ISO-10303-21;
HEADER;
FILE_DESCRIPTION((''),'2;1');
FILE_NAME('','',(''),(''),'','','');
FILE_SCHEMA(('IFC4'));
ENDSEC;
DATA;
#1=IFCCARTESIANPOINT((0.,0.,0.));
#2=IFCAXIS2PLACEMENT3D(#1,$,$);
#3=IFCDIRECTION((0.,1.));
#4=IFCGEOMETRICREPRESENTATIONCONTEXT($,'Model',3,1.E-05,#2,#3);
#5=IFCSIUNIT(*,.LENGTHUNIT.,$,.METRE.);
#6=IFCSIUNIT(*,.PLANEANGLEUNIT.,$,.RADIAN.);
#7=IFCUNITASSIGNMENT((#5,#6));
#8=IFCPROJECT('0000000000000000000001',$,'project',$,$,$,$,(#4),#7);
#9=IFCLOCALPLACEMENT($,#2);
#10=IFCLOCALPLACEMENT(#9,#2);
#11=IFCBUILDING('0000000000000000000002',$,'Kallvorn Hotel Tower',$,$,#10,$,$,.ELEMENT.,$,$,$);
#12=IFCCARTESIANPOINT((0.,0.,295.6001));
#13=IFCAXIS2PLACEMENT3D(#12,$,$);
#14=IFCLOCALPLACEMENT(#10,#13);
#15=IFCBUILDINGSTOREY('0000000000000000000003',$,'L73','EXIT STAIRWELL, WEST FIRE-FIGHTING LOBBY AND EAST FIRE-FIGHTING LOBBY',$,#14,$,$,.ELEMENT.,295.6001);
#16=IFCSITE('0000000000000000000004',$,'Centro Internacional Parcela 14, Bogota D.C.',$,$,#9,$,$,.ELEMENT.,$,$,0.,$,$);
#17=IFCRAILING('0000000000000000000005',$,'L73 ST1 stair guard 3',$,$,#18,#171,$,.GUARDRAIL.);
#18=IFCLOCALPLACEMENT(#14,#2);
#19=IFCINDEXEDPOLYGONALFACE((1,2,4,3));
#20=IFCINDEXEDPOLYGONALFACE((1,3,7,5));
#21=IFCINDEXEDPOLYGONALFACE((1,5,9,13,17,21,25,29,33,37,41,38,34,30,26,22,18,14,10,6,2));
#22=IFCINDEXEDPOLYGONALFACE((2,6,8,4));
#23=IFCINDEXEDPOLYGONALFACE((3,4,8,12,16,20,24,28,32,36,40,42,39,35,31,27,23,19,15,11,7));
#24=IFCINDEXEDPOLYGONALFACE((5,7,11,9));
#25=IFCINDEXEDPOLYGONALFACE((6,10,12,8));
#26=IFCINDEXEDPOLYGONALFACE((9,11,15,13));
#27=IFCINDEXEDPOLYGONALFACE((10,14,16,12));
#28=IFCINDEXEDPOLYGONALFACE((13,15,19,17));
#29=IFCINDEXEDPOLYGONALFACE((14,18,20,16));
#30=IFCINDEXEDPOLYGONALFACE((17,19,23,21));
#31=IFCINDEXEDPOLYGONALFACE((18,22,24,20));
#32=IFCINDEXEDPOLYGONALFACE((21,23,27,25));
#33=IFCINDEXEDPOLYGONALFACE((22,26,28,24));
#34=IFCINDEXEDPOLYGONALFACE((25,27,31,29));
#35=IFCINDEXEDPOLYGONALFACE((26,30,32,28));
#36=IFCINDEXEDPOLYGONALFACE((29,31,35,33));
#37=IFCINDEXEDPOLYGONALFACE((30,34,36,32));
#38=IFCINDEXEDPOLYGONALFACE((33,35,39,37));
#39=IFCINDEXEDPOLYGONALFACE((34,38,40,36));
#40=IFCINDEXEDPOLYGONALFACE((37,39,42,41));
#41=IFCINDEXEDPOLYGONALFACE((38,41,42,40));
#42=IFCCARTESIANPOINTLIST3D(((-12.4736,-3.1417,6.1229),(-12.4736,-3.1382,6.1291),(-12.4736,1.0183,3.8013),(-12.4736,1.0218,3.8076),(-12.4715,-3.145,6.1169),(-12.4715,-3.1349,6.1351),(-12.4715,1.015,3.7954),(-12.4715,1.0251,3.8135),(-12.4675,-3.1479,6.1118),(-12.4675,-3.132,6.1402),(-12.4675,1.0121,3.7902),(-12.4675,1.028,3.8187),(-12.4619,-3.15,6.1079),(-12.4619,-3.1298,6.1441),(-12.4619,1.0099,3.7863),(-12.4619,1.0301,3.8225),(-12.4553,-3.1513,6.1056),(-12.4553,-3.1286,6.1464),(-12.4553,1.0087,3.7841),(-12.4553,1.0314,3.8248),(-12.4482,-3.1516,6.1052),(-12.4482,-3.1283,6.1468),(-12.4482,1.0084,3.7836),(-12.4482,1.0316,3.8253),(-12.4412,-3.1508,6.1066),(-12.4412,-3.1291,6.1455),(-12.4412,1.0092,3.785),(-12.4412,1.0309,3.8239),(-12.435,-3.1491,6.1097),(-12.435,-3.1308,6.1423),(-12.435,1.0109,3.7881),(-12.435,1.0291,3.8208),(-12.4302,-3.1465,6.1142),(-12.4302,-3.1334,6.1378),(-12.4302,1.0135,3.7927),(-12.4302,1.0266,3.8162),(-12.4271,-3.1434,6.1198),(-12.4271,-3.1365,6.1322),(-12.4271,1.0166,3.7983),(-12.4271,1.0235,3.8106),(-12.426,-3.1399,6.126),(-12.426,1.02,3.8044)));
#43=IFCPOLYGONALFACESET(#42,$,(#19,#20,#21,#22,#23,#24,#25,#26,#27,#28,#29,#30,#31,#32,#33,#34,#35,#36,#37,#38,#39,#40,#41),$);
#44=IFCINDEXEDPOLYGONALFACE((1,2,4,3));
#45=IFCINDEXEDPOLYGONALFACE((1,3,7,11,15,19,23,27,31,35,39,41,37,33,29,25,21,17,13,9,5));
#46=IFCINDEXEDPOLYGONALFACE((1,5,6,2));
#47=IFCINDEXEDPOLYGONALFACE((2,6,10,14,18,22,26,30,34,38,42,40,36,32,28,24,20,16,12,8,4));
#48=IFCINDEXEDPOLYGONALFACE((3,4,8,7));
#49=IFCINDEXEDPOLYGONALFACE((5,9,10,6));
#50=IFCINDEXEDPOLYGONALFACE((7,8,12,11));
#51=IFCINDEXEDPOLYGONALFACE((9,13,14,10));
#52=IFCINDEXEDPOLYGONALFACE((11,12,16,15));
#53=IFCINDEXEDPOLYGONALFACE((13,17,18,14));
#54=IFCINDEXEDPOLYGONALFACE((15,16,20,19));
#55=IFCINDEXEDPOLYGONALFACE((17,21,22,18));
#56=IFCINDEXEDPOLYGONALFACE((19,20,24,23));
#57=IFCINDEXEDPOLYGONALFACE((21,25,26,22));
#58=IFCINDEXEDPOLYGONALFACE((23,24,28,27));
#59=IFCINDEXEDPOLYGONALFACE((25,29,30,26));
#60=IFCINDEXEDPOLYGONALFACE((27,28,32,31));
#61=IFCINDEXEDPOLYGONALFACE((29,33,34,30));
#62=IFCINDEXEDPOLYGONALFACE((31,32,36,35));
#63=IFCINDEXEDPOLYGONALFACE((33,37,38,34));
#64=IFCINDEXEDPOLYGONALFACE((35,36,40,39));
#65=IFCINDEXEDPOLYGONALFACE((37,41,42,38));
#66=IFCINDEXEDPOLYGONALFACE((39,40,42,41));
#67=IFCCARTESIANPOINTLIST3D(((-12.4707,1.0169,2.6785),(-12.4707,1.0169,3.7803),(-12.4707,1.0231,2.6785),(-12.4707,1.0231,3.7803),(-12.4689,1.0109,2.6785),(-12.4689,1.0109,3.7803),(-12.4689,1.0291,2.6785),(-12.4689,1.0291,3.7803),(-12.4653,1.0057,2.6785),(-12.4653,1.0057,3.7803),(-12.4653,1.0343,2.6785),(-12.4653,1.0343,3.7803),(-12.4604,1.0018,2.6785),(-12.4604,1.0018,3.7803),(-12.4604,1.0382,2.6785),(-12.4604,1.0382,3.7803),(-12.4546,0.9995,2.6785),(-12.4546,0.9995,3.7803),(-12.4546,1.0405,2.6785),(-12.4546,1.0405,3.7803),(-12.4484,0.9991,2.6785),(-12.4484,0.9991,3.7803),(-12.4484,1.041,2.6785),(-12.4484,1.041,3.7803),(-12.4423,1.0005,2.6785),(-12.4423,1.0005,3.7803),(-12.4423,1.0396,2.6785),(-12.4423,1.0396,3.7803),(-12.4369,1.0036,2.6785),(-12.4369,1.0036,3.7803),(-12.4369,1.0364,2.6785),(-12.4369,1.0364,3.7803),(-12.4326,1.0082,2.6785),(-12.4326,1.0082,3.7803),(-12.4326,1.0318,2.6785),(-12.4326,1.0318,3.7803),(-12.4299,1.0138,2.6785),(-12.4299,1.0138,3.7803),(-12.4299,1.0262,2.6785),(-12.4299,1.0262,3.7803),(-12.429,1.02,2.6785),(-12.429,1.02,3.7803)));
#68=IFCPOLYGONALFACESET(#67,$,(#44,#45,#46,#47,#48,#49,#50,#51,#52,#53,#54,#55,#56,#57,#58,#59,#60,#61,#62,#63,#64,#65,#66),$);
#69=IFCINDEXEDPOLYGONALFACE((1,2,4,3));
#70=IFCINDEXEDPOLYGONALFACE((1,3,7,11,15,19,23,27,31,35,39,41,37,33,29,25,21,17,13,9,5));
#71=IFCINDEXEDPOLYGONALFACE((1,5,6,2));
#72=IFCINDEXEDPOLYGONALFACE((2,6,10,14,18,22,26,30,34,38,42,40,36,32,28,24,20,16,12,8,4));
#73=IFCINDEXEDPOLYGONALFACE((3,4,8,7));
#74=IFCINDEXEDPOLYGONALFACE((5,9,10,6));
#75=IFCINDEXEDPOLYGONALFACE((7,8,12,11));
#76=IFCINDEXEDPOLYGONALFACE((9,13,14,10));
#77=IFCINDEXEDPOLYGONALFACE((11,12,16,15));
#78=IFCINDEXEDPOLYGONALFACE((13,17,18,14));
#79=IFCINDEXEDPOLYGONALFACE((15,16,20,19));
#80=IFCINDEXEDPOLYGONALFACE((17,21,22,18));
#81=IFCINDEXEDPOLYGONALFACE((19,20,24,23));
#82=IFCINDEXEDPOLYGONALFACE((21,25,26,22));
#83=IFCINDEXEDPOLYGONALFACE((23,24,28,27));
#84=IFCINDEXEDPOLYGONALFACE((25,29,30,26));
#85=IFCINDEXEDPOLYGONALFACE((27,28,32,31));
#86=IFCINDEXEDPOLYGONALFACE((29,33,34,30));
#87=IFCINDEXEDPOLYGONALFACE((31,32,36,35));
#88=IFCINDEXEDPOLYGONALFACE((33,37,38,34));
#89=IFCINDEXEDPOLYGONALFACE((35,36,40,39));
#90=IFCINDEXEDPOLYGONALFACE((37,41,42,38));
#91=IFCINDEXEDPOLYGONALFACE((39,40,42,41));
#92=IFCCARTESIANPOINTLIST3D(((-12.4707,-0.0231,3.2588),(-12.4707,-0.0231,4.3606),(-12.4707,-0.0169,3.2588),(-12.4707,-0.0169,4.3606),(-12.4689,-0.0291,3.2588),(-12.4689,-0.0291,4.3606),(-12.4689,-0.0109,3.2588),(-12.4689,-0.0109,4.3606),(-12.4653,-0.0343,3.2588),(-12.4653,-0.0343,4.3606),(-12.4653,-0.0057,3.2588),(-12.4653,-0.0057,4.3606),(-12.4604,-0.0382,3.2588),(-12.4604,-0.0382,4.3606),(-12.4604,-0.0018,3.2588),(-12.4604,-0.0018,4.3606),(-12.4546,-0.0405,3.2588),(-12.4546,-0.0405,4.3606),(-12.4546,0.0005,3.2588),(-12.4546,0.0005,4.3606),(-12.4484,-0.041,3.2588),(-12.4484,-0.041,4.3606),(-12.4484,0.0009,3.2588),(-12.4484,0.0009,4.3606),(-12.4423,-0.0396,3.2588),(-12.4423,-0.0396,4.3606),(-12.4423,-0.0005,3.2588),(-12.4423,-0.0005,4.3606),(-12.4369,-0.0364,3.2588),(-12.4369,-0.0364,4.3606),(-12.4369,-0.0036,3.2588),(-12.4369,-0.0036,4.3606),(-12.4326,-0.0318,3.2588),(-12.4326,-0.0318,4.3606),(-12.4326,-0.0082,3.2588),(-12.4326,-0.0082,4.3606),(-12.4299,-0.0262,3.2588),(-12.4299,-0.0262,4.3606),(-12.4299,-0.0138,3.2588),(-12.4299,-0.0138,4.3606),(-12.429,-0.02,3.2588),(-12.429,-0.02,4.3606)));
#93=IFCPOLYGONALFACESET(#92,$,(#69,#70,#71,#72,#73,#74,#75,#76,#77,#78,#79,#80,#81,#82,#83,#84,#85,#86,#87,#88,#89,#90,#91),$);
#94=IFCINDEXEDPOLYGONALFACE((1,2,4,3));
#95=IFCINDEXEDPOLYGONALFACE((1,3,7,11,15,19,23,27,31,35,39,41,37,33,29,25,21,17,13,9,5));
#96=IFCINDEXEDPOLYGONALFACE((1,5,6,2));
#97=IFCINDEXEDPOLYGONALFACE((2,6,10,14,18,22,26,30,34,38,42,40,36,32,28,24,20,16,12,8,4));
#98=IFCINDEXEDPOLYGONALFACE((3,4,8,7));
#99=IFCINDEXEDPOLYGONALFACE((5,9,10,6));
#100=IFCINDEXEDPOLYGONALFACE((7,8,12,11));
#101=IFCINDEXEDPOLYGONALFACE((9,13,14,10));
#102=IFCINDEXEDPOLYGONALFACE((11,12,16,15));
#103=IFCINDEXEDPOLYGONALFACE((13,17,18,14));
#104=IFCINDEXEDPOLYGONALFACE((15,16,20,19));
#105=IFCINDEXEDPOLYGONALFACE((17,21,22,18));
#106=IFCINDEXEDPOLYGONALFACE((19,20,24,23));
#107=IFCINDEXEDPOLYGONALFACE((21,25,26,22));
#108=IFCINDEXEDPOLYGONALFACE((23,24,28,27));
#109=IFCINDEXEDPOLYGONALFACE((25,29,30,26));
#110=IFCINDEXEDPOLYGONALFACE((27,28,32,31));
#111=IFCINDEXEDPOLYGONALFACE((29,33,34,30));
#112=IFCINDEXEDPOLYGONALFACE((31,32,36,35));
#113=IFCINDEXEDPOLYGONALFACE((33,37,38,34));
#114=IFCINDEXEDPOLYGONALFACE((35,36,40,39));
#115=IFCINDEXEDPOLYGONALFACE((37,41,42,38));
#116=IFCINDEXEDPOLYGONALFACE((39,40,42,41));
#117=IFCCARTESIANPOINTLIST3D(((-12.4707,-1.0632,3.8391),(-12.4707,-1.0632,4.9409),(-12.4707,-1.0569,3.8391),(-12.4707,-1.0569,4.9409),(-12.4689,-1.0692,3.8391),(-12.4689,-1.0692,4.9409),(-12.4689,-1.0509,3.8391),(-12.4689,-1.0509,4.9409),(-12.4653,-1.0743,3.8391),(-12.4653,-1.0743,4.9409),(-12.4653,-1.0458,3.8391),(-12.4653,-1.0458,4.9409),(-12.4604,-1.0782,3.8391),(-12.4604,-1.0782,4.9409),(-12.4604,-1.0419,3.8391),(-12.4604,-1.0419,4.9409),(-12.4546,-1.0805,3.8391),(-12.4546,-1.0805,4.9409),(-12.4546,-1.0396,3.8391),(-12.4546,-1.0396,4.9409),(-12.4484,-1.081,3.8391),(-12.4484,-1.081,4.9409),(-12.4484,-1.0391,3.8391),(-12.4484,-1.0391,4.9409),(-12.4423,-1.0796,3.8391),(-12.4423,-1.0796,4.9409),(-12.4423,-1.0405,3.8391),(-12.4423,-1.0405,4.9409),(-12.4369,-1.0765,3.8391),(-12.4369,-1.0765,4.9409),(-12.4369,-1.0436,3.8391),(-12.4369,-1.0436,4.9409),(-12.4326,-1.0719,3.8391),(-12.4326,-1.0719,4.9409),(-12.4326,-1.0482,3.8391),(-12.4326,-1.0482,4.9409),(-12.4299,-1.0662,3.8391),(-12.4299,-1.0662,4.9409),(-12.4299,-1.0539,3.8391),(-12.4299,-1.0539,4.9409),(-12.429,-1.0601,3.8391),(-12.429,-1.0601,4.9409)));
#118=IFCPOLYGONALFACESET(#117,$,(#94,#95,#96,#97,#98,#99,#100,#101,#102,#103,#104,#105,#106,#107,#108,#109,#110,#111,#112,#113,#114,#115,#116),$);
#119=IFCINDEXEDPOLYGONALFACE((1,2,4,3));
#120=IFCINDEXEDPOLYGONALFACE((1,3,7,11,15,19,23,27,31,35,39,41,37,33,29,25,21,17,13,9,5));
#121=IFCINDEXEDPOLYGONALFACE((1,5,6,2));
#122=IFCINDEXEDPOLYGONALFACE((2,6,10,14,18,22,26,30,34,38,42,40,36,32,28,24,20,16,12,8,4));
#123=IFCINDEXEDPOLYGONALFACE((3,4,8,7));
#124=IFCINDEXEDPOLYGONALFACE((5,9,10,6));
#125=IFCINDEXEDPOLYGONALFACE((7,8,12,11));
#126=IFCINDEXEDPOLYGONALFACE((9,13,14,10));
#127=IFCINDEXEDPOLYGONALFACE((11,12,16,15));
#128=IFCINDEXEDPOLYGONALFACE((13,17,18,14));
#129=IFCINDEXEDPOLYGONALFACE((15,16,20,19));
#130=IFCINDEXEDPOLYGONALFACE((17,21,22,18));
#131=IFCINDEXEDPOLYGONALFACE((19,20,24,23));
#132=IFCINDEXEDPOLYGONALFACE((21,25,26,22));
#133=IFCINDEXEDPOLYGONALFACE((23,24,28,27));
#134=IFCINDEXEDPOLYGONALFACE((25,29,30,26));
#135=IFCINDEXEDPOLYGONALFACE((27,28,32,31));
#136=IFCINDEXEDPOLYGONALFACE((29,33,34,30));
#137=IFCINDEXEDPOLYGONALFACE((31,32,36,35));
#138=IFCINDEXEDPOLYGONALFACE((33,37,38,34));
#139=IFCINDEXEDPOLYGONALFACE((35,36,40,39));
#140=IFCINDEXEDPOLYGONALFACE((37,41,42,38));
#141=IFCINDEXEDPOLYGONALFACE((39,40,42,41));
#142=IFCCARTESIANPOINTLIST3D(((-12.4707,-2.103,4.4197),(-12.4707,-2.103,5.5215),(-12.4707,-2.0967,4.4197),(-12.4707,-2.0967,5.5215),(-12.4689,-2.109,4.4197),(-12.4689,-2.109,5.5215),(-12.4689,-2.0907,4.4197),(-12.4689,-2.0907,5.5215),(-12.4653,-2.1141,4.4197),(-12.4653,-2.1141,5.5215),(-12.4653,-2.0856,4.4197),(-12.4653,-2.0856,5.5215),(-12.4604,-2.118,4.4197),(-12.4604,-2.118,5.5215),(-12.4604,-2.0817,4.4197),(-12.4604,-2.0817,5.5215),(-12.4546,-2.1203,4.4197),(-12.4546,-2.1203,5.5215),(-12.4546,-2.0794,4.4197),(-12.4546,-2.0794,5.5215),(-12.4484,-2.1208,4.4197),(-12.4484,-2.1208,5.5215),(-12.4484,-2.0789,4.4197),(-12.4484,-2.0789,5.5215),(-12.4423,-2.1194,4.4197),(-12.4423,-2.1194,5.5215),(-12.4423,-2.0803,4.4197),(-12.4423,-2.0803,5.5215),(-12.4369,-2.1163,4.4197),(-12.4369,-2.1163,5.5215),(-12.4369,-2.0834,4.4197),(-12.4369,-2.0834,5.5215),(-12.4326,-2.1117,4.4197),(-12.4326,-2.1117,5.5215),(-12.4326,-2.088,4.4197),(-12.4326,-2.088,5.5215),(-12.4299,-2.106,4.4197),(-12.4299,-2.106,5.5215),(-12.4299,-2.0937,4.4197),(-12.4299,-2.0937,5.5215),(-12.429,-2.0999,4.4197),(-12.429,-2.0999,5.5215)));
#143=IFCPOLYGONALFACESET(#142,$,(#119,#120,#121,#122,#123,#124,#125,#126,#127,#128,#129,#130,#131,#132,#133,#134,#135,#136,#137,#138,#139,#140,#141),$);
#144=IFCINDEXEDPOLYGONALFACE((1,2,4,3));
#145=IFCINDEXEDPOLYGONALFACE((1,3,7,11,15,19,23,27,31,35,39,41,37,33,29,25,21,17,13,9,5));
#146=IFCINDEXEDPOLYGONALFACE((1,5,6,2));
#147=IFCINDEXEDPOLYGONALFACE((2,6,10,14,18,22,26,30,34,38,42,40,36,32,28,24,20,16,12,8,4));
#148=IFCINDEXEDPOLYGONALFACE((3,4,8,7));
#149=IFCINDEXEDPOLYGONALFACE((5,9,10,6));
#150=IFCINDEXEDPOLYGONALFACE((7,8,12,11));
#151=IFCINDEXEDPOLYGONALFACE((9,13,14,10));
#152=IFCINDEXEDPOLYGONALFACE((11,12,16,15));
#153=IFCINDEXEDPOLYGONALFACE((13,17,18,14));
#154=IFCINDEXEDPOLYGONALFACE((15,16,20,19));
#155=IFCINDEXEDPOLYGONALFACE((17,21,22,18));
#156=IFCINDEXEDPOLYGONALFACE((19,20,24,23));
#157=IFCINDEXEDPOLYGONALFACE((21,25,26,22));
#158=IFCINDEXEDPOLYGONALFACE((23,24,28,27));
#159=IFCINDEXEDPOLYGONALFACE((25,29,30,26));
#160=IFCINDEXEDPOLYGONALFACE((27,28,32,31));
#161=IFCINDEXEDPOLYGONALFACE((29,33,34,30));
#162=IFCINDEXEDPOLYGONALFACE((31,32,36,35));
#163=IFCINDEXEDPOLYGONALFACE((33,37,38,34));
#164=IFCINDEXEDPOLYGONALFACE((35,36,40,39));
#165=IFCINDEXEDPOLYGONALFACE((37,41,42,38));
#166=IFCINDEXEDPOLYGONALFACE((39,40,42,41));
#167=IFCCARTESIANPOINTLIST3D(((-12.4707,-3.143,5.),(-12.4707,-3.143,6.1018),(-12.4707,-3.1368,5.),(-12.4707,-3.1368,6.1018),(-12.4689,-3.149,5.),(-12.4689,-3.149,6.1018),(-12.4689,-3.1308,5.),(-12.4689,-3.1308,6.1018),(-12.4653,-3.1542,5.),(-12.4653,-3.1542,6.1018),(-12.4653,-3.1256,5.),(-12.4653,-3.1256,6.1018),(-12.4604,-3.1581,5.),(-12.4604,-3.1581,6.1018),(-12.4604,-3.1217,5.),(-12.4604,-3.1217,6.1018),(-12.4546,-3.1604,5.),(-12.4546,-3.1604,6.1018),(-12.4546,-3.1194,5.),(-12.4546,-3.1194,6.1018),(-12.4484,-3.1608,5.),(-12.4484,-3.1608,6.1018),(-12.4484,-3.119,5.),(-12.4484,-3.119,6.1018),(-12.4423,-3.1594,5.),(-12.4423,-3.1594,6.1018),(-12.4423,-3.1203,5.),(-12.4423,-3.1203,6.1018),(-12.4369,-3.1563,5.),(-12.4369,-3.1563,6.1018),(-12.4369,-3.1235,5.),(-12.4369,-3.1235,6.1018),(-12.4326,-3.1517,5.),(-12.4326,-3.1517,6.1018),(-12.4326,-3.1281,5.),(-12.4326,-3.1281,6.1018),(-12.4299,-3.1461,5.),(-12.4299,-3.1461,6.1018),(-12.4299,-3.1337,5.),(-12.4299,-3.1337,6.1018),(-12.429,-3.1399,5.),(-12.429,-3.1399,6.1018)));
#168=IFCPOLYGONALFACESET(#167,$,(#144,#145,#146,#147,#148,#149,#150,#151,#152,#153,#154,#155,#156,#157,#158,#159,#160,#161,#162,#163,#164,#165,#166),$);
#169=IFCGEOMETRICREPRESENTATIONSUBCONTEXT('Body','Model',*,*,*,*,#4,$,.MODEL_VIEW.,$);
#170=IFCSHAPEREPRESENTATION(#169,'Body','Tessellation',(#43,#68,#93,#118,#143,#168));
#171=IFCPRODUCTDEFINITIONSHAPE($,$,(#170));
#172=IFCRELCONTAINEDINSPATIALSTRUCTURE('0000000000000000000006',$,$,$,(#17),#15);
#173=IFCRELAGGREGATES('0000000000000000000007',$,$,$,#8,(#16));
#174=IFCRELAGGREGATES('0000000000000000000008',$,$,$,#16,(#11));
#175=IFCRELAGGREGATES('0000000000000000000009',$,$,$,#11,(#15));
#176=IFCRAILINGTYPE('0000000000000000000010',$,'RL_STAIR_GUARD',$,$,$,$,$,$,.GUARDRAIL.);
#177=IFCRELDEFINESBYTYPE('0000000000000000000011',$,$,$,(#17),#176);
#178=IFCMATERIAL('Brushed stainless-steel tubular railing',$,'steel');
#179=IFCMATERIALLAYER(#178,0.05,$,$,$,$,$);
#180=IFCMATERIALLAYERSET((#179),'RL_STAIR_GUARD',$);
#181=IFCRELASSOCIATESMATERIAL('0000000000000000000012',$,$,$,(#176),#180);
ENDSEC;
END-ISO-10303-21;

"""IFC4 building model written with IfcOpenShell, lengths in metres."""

from ifc_helpers import new_model, si_unit, direction, frame, origin, origin_2d, place, context, subcontext, project, spatial, circle, extrude, material, layer, layer_set, type_object, element, save


model = new_model("IFC4")

# Units and contexts
model_context = context("Model", 3, precision=1e-05, world=origin(), true_north=direction((0.0, 1.0)))
body_context = subcontext(model_context, "Body", "Model", "MODEL_VIEW")
ifc_project = project(units=[si_unit("LENGTHUNIT", "METRE"), si_unit("PLANEANGLEUNIT", "RADIAN")], contexts=[model_context])

# Site, building, storey
site_placement = place(None, origin())
site = spatial("IfcSite", under=ifc_project, at=site_placement, Name="Centro Internacional Parcela 14, Bogota D.C.", CompositionType="ELEMENT", RefElevation=0.0)
building_placement = place(site_placement, origin())
building = spatial("IfcBuilding", under=site, at=building_placement, Name="Kallvorn Hotel Tower", CompositionType="ELEMENT")
storey_placement = place(building_placement, frame((0.0, 0.0, 295.6001)))
storey = spatial("IfcBuildingStorey", under=building, at=storey_placement, Name="L73", Description="EXIT STAIRWELL, WEST FIRE-FIGHTING LOBBY AND EAST FIRE-FIGHTING LOBBY", CompositionType="ELEMENT", Elevation=295.6001)

# Railing
ifc_material_1 = material(Name="Brushed stainless-steel tubular railing", Category="steel")
ifc_layer_1 = layer(ifc_material_1, 0.05)
ifc_layer_set_1 = layer_set([ifc_layer_1], Name="RL_STAIR_GUARD")
railing_type_1 = type_object("IfcRailingType", Name="RL_STAIR_GUARD", PredefinedType="GUARDRAIL", material=ifc_layer_set_1)
railing_1_placement = place(storey_placement, frame((-12.45, 1.02, 2.6785)))
element("IfcRailing", 1, at=railing_1_placement, inside=storey, type_object=railing_type_1, Name="L73 ST1 stair guard 3", PredefinedType="GUARDRAIL", context=body_context, shape_type="SweptSolid", body=[
    extrude(circle(Radius=0.0239, at=origin_2d()), frame((0.0, 0.0, 1.126), z_axis=(0.0, -0.873223, 0.487322), x_axis=(1.0, 0.0, 0.0)), (0.0, 0.0, 1.0), 4.7639),
    extrude(circle(Radius=0.021, at=origin_2d()), origin(), (0.0, 0.0, 1.0), 1.1018),
    extrude(circle(Radius=0.021, at=origin_2d()), frame((0.0, -1.04, 0.5803)), (0.0, 0.0, 1.0), 1.1018),
    extrude(circle(Radius=0.021, at=origin_2d()), frame((0.0, -2.0801, 1.1606)), (0.0, 0.0, 1.0), 1.1018),
    extrude(circle(Radius=0.021, at=origin_2d()), frame((0.0, -3.1199, 1.7412)), (0.0, 0.0, 1.0), 1.1018),
    extrude(circle(Radius=0.021, at=origin_2d()), frame((0.0, -4.1599, 2.3215)), (0.0, 0.0, 1.0), 1.1018),
])

save(model, "model.ifc")
